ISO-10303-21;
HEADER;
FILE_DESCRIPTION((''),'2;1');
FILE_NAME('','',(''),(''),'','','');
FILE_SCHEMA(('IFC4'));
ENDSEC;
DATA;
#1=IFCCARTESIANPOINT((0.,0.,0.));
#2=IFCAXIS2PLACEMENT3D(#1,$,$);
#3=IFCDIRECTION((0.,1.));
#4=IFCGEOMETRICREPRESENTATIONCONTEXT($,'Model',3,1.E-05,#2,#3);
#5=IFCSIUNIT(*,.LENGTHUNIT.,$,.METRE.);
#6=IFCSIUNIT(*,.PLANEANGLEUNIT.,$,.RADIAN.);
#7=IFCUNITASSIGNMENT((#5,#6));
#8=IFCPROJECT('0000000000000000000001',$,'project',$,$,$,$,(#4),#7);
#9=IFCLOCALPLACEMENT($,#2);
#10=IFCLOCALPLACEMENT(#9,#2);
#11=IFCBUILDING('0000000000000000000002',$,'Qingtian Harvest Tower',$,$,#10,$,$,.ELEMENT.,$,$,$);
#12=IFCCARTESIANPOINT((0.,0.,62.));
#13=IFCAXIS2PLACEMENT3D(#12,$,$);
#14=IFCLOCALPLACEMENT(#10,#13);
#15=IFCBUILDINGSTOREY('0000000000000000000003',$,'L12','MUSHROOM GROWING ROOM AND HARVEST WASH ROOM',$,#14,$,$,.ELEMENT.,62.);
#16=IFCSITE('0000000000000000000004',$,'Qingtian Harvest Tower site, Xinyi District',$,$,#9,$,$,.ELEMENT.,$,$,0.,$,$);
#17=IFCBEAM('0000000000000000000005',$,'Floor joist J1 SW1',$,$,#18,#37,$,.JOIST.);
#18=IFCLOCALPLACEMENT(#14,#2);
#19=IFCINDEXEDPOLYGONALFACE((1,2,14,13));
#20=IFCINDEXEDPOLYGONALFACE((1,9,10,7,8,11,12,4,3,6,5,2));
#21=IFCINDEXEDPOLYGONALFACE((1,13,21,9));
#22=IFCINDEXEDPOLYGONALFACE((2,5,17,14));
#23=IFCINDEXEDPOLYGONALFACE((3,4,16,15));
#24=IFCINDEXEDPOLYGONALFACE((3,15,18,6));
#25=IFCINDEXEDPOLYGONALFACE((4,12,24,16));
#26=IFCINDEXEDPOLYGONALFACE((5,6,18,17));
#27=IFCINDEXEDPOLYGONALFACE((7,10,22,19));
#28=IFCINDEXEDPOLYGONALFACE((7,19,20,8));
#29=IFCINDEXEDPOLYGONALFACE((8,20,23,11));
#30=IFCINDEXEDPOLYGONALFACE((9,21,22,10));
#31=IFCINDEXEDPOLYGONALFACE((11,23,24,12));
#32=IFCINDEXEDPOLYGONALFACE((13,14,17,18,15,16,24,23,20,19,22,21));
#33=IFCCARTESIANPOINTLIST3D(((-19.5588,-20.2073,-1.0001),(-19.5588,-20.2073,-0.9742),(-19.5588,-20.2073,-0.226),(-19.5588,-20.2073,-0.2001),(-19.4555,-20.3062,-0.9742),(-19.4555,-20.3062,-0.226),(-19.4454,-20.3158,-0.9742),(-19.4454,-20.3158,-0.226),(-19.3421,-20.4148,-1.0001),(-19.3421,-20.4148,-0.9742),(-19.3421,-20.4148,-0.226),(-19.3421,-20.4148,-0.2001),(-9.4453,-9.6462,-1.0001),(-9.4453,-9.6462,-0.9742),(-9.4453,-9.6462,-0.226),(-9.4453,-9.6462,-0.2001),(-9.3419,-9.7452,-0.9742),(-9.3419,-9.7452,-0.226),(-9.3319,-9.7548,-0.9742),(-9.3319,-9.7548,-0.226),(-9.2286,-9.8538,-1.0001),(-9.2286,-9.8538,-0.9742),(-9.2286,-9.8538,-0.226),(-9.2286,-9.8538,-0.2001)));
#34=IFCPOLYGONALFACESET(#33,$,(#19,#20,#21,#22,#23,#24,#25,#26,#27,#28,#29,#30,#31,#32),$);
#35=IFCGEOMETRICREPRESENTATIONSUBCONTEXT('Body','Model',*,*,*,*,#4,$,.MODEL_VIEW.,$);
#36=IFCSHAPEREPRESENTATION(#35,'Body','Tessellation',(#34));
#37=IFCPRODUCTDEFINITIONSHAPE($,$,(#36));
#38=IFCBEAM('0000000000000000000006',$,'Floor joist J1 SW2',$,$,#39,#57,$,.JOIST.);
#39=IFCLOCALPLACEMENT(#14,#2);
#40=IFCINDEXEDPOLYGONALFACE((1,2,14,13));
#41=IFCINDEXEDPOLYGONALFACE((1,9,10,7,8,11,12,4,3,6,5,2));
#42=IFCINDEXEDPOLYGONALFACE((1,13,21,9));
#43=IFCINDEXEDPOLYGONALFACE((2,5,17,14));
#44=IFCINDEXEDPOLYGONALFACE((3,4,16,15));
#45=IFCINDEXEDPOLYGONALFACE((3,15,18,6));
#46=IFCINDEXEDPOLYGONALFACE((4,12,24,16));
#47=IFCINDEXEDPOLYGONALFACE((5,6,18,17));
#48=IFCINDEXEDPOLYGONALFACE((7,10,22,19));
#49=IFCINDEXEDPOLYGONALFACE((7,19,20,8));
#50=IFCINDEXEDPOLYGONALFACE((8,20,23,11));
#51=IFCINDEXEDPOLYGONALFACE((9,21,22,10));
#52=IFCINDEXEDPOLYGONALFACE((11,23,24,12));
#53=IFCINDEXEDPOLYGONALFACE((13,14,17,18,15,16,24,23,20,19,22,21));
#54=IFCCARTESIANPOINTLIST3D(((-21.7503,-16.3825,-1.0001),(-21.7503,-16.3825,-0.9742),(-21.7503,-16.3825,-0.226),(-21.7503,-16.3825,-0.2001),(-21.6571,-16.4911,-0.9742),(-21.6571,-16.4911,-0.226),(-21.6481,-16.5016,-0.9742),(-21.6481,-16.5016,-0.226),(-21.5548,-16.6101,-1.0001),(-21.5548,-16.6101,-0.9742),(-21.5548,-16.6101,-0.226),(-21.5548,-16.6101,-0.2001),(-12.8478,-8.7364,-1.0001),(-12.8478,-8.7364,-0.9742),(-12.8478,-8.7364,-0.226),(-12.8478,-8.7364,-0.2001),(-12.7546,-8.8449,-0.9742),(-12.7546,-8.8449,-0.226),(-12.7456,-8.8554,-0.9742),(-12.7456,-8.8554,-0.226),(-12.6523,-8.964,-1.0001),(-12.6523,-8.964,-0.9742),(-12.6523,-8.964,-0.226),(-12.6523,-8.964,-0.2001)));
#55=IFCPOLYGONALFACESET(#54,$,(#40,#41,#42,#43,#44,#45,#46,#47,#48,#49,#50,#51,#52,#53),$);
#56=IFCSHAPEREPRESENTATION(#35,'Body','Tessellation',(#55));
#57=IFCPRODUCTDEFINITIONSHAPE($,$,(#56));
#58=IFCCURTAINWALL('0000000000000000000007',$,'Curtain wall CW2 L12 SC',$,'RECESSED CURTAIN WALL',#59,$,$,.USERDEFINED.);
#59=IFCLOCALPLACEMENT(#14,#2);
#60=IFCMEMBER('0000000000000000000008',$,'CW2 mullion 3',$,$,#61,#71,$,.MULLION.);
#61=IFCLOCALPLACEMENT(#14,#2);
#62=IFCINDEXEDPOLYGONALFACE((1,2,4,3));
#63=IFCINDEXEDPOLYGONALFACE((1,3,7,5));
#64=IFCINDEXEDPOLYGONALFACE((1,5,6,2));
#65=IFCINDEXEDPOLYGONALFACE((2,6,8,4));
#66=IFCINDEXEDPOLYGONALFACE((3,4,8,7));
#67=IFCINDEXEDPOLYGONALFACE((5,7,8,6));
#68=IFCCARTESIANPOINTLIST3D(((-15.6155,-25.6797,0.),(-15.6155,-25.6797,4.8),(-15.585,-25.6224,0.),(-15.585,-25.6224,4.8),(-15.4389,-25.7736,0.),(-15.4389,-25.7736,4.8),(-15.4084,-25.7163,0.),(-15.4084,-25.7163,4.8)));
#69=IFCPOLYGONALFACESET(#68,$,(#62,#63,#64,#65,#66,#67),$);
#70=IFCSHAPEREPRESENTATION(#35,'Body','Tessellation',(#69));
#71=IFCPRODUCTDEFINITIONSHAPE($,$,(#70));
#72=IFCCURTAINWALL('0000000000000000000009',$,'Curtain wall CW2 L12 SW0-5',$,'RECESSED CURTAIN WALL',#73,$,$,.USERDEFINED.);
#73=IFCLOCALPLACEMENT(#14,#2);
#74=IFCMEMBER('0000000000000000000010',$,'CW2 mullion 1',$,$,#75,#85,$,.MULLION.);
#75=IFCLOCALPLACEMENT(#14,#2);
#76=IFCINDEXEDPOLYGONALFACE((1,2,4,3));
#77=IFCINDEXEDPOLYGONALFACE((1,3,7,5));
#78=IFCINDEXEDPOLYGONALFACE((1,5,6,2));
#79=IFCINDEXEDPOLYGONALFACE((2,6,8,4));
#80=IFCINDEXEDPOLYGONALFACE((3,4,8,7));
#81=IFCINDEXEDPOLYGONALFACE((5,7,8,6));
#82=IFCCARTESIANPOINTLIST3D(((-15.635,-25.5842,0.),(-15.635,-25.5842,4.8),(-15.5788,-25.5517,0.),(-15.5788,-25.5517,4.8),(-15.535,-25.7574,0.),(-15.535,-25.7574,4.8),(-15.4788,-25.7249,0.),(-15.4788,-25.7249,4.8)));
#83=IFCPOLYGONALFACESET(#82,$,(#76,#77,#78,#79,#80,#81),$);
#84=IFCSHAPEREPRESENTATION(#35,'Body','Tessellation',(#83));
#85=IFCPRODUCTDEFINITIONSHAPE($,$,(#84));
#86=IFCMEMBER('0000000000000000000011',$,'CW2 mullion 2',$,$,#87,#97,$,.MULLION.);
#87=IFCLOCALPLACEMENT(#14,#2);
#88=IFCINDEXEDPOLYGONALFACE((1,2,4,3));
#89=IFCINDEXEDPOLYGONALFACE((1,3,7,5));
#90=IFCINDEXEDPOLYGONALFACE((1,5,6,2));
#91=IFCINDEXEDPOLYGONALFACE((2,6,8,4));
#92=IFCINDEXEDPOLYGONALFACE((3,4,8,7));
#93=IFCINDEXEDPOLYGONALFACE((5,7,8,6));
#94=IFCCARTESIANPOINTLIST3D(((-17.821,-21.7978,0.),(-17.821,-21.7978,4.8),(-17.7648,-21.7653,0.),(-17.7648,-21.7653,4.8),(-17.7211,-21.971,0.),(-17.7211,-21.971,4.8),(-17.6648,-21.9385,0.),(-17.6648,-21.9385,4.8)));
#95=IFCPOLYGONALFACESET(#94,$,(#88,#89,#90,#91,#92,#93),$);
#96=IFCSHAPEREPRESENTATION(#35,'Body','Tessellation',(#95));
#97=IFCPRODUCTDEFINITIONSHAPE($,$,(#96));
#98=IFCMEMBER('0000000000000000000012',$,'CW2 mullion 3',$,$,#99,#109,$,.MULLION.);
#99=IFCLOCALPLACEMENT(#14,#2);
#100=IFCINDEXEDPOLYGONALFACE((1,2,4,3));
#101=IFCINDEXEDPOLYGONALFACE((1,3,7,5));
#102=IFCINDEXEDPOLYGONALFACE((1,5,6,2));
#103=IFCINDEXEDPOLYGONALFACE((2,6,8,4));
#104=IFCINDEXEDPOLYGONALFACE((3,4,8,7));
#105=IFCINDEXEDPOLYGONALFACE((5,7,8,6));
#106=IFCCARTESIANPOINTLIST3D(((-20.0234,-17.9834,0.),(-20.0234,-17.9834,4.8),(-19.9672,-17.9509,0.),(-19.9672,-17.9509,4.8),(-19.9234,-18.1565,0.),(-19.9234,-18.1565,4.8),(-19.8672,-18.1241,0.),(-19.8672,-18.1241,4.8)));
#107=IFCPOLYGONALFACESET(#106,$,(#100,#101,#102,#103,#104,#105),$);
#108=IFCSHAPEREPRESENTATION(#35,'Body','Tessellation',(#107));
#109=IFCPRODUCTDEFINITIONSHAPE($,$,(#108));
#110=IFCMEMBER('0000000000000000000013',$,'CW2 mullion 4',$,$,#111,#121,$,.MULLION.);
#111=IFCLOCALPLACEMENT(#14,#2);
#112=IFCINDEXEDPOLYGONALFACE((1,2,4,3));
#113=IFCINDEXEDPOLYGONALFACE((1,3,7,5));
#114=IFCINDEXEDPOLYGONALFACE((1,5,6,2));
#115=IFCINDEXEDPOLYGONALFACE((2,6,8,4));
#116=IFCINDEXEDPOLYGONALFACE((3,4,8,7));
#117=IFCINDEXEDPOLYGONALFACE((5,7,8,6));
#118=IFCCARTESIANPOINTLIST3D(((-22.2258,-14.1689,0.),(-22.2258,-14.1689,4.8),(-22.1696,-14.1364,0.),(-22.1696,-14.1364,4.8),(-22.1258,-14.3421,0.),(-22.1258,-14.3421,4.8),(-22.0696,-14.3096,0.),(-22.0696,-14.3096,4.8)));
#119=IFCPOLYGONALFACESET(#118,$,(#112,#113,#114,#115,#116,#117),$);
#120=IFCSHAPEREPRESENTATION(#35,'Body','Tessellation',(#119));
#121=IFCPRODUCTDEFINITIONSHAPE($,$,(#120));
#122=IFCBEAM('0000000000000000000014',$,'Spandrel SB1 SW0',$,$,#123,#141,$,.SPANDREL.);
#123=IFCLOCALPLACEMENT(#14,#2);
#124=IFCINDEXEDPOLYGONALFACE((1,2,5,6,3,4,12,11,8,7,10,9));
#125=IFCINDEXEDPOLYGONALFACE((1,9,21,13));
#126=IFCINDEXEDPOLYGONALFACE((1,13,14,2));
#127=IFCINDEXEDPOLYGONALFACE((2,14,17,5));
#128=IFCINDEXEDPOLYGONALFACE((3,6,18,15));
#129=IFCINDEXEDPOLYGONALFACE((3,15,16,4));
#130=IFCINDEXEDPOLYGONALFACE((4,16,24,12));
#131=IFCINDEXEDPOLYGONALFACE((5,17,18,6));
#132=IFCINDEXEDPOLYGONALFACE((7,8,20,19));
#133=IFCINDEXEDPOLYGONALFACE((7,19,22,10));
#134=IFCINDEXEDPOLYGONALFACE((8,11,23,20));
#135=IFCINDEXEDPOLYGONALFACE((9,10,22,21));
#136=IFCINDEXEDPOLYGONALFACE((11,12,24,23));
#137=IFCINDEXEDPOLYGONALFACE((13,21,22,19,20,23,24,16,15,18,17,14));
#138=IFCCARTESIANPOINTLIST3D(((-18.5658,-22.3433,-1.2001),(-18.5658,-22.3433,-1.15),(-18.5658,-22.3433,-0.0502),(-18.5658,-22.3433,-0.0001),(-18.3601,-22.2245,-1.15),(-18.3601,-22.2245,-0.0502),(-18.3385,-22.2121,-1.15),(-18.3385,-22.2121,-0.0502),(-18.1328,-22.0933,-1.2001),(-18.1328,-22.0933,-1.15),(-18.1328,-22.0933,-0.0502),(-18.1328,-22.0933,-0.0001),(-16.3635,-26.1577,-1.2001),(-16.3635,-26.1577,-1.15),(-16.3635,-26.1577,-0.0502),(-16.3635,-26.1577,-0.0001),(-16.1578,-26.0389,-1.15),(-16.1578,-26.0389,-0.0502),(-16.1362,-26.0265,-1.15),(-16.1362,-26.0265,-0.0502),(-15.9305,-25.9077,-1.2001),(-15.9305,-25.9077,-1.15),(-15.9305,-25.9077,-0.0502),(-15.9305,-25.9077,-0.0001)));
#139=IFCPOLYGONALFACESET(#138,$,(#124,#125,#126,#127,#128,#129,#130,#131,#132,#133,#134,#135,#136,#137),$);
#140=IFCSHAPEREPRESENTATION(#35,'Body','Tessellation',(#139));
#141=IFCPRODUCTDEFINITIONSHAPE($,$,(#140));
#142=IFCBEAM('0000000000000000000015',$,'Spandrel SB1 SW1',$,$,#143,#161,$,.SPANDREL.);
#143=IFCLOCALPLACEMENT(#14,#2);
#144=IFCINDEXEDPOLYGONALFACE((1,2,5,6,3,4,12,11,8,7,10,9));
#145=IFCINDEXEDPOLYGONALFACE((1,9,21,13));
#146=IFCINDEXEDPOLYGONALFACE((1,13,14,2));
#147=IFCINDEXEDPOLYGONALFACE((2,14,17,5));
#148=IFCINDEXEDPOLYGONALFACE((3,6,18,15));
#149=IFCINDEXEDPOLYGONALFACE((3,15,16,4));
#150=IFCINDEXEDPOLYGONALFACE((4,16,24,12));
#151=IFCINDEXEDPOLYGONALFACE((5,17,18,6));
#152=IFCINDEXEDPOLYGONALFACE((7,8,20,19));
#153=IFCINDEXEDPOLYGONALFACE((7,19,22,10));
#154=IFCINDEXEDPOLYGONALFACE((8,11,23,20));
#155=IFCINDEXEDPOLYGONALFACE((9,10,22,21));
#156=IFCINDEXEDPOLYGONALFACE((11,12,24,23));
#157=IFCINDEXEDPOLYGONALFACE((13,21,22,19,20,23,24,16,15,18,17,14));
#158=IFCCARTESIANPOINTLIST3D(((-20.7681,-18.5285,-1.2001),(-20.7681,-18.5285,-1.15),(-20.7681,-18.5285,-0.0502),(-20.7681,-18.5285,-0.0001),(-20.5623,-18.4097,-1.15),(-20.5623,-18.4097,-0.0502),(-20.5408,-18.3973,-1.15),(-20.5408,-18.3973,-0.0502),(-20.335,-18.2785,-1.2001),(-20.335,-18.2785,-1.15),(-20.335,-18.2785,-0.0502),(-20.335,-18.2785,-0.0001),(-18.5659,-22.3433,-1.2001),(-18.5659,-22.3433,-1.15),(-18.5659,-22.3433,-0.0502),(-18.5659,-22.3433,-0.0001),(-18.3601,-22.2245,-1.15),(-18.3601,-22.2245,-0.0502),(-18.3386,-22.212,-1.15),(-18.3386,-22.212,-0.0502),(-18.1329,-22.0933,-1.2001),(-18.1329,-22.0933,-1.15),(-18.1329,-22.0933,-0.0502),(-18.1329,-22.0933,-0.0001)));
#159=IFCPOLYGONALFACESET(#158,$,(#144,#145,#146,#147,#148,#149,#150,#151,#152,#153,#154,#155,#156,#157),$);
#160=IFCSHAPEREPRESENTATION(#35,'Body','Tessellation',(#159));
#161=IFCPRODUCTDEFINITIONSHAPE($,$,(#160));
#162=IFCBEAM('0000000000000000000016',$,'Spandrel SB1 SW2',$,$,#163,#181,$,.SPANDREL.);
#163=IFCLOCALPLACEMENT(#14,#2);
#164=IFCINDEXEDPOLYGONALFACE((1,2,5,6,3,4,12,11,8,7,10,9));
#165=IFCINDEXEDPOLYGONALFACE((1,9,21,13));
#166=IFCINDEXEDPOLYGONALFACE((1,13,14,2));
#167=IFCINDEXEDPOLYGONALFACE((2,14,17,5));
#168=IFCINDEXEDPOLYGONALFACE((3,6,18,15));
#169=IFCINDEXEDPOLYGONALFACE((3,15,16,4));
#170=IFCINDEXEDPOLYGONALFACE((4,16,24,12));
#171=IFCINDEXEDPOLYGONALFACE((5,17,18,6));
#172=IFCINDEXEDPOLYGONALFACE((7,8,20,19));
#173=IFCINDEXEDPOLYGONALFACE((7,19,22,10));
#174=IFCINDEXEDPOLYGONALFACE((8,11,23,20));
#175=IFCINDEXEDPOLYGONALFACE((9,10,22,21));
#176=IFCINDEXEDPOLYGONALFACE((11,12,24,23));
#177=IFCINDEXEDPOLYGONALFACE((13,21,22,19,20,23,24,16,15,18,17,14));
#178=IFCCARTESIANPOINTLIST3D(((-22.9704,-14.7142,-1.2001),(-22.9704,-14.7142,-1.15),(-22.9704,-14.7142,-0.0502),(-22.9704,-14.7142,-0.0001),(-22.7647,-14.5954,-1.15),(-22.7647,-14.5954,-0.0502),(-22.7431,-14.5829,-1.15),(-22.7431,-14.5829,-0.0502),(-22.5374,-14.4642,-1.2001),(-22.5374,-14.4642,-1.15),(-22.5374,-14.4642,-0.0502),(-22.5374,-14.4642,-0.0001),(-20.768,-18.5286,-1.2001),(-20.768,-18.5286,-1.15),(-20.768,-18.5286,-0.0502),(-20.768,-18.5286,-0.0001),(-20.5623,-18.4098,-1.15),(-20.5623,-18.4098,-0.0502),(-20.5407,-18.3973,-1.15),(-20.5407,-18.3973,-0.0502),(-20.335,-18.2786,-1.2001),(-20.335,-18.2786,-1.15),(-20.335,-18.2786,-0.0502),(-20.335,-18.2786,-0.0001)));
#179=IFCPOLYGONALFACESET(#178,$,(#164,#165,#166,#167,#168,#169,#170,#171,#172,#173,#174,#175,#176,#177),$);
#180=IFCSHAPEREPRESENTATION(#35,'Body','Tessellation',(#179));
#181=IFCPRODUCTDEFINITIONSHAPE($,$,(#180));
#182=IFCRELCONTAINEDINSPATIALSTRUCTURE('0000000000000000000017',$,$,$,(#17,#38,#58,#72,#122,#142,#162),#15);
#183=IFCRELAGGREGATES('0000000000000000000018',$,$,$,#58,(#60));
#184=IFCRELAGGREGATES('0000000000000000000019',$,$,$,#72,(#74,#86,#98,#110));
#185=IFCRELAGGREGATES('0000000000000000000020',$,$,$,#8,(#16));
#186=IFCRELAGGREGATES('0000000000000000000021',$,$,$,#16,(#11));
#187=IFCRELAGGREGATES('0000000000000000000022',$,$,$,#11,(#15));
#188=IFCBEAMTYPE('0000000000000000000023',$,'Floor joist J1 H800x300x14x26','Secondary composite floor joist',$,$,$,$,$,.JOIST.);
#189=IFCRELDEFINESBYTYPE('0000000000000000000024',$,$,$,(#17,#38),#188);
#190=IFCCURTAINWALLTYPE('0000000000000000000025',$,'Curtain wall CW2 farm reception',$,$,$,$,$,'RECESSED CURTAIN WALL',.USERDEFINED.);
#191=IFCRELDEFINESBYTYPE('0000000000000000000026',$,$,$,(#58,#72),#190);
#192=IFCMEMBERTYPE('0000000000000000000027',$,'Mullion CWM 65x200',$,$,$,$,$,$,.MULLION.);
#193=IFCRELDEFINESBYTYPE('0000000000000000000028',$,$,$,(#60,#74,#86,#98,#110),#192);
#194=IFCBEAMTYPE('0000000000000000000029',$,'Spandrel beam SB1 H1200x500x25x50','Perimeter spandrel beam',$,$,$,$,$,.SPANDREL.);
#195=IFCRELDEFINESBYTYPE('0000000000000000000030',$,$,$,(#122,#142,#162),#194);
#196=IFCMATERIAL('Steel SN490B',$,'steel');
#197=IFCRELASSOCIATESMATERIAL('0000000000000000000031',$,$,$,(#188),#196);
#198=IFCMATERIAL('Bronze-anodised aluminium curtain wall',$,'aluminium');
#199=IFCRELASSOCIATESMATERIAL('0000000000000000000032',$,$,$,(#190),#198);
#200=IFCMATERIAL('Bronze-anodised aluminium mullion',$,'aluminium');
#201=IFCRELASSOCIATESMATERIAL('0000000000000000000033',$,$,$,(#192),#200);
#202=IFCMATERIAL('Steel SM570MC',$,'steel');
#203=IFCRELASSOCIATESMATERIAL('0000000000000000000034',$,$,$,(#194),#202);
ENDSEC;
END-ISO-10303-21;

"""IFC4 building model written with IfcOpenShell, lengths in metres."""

from ifc_helpers import new_model, si_unit, direction, frame, origin, origin_2d, place, context, subcontext, project, spatial, rectangle, i_section, extrude, material, material_profile, profile_set, type_object, element, aggregate, save


model = new_model("IFC4")

# Units and contexts
model_context = context("Model", 3, precision=1e-05, world=origin(), true_north=direction((0.0, 1.0)))
body_context = subcontext(model_context, "Body", "Model", "MODEL_VIEW")
ifc_project = project(units=[si_unit("LENGTHUNIT", "METRE"), si_unit("PLANEANGLEUNIT", "RADIAN")], contexts=[model_context])

# Site, building, storey
site_placement = place(None, origin())
site = spatial("IfcSite", under=ifc_project, at=site_placement, Name="Qingtian Harvest Tower site, Xinyi District", CompositionType="ELEMENT", RefElevation=0.0)
building_placement = place(site_placement, origin())
building = spatial("IfcBuilding", under=site, at=building_placement, Name="Qingtian Harvest Tower", CompositionType="ELEMENT")
storey_placement = place(building_placement, frame((0.0, 0.0, 62.0)))
storey = spatial("IfcBuildingStorey", under=building, at=storey_placement, Name="L12", Description="MUSHROOM GROWING ROOM AND HARVEST WASH ROOM", CompositionType="ELEMENT", Elevation=62.0)

# Beams
ifc_material_1 = material(Name="Steel SN490B", Category="steel")
ifc_material_profile_1 = material_profile(ifc_material_1, i_section(OverallWidth=0.3, OverallDepth=0.8, WebThickness=0.0139, FlangeThickness=0.0259, at=origin_2d()), Name="H800x300x14x26")
ifc_profile_set_1 = profile_set([ifc_material_profile_1], Name="Steel SN490B")
beam_type_1 = type_object("IfcBeamType", Name="Floor joist J1 H800x300x14x26", Description="Secondary composite floor joist", PredefinedType="JOIST", material=ifc_profile_set_1)
beam_1_placement = place(storey_placement, frame((-19.4504, -20.311, -0.6001), z_axis=(0.691639, 0.722243, 0.0), x_axis=(-0.722243, 0.691639, 0.0)))
element("IfcBeam", 1, at=beam_1_placement, inside=storey, type_object=beam_type_1, Name="Floor joist J1 SW1", PredefinedType="JOIST", context=body_context, shape_type="SweptSolid", body=[
    extrude(i_section(OverallWidth=0.3, OverallDepth=0.8, WebThickness=0.0139, FlangeThickness=0.0259, at=origin_2d()), origin(), (0.0, 0.0, 1.0), 14.6226),
])
beam_2_placement = place(storey_placement, frame((-21.6526, -16.4963, -0.6001), z_axis=(0.758606, 0.65155, 0.0), x_axis=(-0.65155, 0.758606, 0.0)))
element("IfcBeam", 2, at=beam_2_placement, inside=storey, type_object=beam_type_1, Name="Floor joist J1 SW2", PredefinedType="JOIST", context=body_context, shape_type="SweptSolid", body=[
    extrude(i_section(OverallWidth=0.3, OverallDepth=0.8, WebThickness=0.0139, FlangeThickness=0.0259, at=origin_2d()), origin(), (0.0, 0.0, 1.0), 11.7354),
])

# Curtain wall, member
ifc_material_2 = material(Name="Bronze-anodised aluminium curtain wall", Category="aluminium")
curtain_wall_type = type_object("IfcCurtainWallType", Name="Curtain wall CW2 farm reception", ElementType="RECESSED CURTAIN WALL", PredefinedType="USERDEFINED", material=ifc_material_2)
curtain_wall_1_placement = place(storey_placement, origin())
curtain_wall_1 = element("IfcCurtainWall", 3, at=curtain_wall_1_placement, inside=storey, type_object=curtain_wall_type, Name="Curtain wall CW2 L12 SC", ObjectType="RECESSED CURTAIN WALL", PredefinedType="USERDEFINED")
ifc_material_3 = material(Name="Bronze-anodised aluminium mullion", Category="aluminium")
ifc_material_profile_2 = material_profile(ifc_material_3, rectangle(XDim=0.0649, YDim=0.2, at=origin_2d()), Name="AL 65x200")
ifc_profile_set_2 = profile_set([ifc_material_profile_2], Name="Bronze-anodised aluminium mullion")
member_type_1 = type_object("IfcMemberType", Name="Mullion CWM 65x200", PredefinedType="MULLION", material=ifc_profile_set_2)
member_1_placement = place(storey_placement, frame((-15.512, -25.698, 0.0), z_axis=(0.0, 0.0, 1.0), x_axis=(-0.469472, -0.882948, 0.0)))
member_1 = element("IfcMember", 4, at=member_1_placement, type_object=member_type_1, Name="CW2 mullion 3", PredefinedType="MULLION", context=body_context, shape_type="SweptSolid", body=[
    extrude(rectangle(XDim=0.0649, YDim=0.2, at=origin_2d()), origin(), (0.0, 0.0, 1.0), 4.8),
])

# Curtain wall, members
curtain_wall_2_placement = place(storey_placement, origin())
curtain_wall_2 = element("IfcCurtainWall", 5, at=curtain_wall_2_placement, inside=storey, type_object=curtain_wall_type, Name="Curtain wall CW2 L12 SW0-5", ObjectType="RECESSED CURTAIN WALL", PredefinedType="USERDEFINED")
member_2_placement = place(storey_placement, frame((-15.5569, -25.6545, 0.0), z_axis=(0.0, 0.0, 1.0), x_axis=(-0.866025, -0.5, 0.0)))
member_2 = element("IfcMember", 6, at=member_2_placement, type_object=member_type_1, Name="CW2 mullion 1", PredefinedType="MULLION", context=body_context, shape_type="SweptSolid", body=[
    extrude(rectangle(XDim=0.0649, YDim=0.2, at=origin_2d()), origin(), (0.0, 0.0, 1.0), 4.8),
])
member_3_placement = place(storey_placement, frame((-17.7429, -21.8682, 0.0), z_axis=(0.0, 0.0, 1.0), x_axis=(-0.866025, -0.5, 0.0)))
member_3 = element("IfcMember", 7, at=member_3_placement, type_object=member_type_1, Name="CW2 mullion 2", PredefinedType="MULLION", context=body_context, shape_type="SweptSolid", body=[
    extrude(rectangle(XDim=0.0649, YDim=0.2, at=origin_2d()), origin(), (0.0, 0.0, 1.0), 4.8),
])
member_4_placement = place(storey_placement, frame((-19.9453, -18.0537, 0.0), z_axis=(0.0, 0.0, 1.0), x_axis=(-0.866025, -0.5, 0.0)))
member_4 = element("IfcMember", 8, at=member_4_placement, type_object=member_type_1, Name="CW2 mullion 3", PredefinedType="MULLION", context=body_context, shape_type="SweptSolid", body=[
    extrude(rectangle(XDim=0.0649, YDim=0.2, at=origin_2d()), origin(), (0.0, 0.0, 1.0), 4.8),
])
member_5_placement = place(storey_placement, frame((-22.1477, -14.2393, 0.0), z_axis=(0.0, 0.0, 1.0), x_axis=(-0.866025, -0.5, 0.0)))
member_5 = element("IfcMember", 9, at=member_5_placement, type_object=member_type_1, Name="CW2 mullion 4", PredefinedType="MULLION", context=body_context, shape_type="SweptSolid", body=[
    extrude(rectangle(XDim=0.0649, YDim=0.2, at=origin_2d()), origin(), (0.0, 0.0, 1.0), 4.8),
])

# Beams
ifc_material_4 = material(Name="Steel SM570MC", Category="steel")
ifc_material_profile_3 = material_profile(ifc_material_4, i_section(OverallWidth=0.5, OverallDepth=1.2, WebThickness=0.0249, FlangeThickness=0.05, at=origin_2d()), Name="H1200x500x25x50")
ifc_profile_set_3 = profile_set([ifc_material_profile_3], Name="Steel SM570MC")
beam_type_2 = type_object("IfcBeamType", Name="Spandrel beam SB1 H1200x500x25x50", Description="Perimeter spandrel beam", PredefinedType="SPANDREL", material=ifc_profile_set_3)
beam_3_placement = place(storey_placement, frame((-16.147, -26.0327, -0.6001), z_axis=(-0.50002, 0.866014, 0.0), x_axis=(-0.866014, -0.50002, 0.0)))
element("IfcBeam", 10, at=beam_3_placement, inside=storey, type_object=beam_type_2, Name="Spandrel SB1 SW0", PredefinedType="SPANDREL", context=body_context, shape_type="SweptSolid", body=[
    extrude(i_section(OverallWidth=0.5, OverallDepth=1.2, WebThickness=0.0249, FlangeThickness=0.05, at=origin_2d()), origin(), (0.0, 0.0, 1.0), 4.4045),
])
beam_4_placement = place(storey_placement, frame((-18.3494, -22.2183, -0.6001), z_axis=(-0.499954, 0.866052, 0.0), x_axis=(-0.866052, -0.499954, 0.0)))
element("IfcBeam", 11, at=beam_4_placement, inside=storey, type_object=beam_type_2, Name="Spandrel SB1 SW1", PredefinedType="SPANDREL", context=body_context, shape_type="SweptSolid", body=[
    extrude(i_section(OverallWidth=0.5, OverallDepth=1.2, WebThickness=0.0249, FlangeThickness=0.05, at=origin_2d()), origin(), (0.0, 0.0, 1.0), 4.4048),
])
for number, where, z_axis, x_axis, name in (
    (12, (-20.5515, -18.4036, -0.6001), (-0.50002, 0.866014, 0.0), (-0.866014, -0.50002, 0.0), "Spandrel SB1 SW2"),
):
    element("IfcBeam", number, at=place(storey_placement, frame(where, z_axis=z_axis, x_axis=x_axis)), inside=storey, type_object=beam_type_2, Name=name, PredefinedType="SPANDREL", context=body_context, shape_type="SweptSolid", body=[
        extrude(i_section(OverallWidth=0.5, OverallDepth=1.2, WebThickness=0.0249, FlangeThickness=0.05, at=origin_2d()), origin(), (0.0, 0.0, 1.0), 4.4045),
    ])

aggregate(curtain_wall_1, [member_1])
aggregate(curtain_wall_2, [member_2, member_3, member_4, member_5])

save(model, "model.ifc")
